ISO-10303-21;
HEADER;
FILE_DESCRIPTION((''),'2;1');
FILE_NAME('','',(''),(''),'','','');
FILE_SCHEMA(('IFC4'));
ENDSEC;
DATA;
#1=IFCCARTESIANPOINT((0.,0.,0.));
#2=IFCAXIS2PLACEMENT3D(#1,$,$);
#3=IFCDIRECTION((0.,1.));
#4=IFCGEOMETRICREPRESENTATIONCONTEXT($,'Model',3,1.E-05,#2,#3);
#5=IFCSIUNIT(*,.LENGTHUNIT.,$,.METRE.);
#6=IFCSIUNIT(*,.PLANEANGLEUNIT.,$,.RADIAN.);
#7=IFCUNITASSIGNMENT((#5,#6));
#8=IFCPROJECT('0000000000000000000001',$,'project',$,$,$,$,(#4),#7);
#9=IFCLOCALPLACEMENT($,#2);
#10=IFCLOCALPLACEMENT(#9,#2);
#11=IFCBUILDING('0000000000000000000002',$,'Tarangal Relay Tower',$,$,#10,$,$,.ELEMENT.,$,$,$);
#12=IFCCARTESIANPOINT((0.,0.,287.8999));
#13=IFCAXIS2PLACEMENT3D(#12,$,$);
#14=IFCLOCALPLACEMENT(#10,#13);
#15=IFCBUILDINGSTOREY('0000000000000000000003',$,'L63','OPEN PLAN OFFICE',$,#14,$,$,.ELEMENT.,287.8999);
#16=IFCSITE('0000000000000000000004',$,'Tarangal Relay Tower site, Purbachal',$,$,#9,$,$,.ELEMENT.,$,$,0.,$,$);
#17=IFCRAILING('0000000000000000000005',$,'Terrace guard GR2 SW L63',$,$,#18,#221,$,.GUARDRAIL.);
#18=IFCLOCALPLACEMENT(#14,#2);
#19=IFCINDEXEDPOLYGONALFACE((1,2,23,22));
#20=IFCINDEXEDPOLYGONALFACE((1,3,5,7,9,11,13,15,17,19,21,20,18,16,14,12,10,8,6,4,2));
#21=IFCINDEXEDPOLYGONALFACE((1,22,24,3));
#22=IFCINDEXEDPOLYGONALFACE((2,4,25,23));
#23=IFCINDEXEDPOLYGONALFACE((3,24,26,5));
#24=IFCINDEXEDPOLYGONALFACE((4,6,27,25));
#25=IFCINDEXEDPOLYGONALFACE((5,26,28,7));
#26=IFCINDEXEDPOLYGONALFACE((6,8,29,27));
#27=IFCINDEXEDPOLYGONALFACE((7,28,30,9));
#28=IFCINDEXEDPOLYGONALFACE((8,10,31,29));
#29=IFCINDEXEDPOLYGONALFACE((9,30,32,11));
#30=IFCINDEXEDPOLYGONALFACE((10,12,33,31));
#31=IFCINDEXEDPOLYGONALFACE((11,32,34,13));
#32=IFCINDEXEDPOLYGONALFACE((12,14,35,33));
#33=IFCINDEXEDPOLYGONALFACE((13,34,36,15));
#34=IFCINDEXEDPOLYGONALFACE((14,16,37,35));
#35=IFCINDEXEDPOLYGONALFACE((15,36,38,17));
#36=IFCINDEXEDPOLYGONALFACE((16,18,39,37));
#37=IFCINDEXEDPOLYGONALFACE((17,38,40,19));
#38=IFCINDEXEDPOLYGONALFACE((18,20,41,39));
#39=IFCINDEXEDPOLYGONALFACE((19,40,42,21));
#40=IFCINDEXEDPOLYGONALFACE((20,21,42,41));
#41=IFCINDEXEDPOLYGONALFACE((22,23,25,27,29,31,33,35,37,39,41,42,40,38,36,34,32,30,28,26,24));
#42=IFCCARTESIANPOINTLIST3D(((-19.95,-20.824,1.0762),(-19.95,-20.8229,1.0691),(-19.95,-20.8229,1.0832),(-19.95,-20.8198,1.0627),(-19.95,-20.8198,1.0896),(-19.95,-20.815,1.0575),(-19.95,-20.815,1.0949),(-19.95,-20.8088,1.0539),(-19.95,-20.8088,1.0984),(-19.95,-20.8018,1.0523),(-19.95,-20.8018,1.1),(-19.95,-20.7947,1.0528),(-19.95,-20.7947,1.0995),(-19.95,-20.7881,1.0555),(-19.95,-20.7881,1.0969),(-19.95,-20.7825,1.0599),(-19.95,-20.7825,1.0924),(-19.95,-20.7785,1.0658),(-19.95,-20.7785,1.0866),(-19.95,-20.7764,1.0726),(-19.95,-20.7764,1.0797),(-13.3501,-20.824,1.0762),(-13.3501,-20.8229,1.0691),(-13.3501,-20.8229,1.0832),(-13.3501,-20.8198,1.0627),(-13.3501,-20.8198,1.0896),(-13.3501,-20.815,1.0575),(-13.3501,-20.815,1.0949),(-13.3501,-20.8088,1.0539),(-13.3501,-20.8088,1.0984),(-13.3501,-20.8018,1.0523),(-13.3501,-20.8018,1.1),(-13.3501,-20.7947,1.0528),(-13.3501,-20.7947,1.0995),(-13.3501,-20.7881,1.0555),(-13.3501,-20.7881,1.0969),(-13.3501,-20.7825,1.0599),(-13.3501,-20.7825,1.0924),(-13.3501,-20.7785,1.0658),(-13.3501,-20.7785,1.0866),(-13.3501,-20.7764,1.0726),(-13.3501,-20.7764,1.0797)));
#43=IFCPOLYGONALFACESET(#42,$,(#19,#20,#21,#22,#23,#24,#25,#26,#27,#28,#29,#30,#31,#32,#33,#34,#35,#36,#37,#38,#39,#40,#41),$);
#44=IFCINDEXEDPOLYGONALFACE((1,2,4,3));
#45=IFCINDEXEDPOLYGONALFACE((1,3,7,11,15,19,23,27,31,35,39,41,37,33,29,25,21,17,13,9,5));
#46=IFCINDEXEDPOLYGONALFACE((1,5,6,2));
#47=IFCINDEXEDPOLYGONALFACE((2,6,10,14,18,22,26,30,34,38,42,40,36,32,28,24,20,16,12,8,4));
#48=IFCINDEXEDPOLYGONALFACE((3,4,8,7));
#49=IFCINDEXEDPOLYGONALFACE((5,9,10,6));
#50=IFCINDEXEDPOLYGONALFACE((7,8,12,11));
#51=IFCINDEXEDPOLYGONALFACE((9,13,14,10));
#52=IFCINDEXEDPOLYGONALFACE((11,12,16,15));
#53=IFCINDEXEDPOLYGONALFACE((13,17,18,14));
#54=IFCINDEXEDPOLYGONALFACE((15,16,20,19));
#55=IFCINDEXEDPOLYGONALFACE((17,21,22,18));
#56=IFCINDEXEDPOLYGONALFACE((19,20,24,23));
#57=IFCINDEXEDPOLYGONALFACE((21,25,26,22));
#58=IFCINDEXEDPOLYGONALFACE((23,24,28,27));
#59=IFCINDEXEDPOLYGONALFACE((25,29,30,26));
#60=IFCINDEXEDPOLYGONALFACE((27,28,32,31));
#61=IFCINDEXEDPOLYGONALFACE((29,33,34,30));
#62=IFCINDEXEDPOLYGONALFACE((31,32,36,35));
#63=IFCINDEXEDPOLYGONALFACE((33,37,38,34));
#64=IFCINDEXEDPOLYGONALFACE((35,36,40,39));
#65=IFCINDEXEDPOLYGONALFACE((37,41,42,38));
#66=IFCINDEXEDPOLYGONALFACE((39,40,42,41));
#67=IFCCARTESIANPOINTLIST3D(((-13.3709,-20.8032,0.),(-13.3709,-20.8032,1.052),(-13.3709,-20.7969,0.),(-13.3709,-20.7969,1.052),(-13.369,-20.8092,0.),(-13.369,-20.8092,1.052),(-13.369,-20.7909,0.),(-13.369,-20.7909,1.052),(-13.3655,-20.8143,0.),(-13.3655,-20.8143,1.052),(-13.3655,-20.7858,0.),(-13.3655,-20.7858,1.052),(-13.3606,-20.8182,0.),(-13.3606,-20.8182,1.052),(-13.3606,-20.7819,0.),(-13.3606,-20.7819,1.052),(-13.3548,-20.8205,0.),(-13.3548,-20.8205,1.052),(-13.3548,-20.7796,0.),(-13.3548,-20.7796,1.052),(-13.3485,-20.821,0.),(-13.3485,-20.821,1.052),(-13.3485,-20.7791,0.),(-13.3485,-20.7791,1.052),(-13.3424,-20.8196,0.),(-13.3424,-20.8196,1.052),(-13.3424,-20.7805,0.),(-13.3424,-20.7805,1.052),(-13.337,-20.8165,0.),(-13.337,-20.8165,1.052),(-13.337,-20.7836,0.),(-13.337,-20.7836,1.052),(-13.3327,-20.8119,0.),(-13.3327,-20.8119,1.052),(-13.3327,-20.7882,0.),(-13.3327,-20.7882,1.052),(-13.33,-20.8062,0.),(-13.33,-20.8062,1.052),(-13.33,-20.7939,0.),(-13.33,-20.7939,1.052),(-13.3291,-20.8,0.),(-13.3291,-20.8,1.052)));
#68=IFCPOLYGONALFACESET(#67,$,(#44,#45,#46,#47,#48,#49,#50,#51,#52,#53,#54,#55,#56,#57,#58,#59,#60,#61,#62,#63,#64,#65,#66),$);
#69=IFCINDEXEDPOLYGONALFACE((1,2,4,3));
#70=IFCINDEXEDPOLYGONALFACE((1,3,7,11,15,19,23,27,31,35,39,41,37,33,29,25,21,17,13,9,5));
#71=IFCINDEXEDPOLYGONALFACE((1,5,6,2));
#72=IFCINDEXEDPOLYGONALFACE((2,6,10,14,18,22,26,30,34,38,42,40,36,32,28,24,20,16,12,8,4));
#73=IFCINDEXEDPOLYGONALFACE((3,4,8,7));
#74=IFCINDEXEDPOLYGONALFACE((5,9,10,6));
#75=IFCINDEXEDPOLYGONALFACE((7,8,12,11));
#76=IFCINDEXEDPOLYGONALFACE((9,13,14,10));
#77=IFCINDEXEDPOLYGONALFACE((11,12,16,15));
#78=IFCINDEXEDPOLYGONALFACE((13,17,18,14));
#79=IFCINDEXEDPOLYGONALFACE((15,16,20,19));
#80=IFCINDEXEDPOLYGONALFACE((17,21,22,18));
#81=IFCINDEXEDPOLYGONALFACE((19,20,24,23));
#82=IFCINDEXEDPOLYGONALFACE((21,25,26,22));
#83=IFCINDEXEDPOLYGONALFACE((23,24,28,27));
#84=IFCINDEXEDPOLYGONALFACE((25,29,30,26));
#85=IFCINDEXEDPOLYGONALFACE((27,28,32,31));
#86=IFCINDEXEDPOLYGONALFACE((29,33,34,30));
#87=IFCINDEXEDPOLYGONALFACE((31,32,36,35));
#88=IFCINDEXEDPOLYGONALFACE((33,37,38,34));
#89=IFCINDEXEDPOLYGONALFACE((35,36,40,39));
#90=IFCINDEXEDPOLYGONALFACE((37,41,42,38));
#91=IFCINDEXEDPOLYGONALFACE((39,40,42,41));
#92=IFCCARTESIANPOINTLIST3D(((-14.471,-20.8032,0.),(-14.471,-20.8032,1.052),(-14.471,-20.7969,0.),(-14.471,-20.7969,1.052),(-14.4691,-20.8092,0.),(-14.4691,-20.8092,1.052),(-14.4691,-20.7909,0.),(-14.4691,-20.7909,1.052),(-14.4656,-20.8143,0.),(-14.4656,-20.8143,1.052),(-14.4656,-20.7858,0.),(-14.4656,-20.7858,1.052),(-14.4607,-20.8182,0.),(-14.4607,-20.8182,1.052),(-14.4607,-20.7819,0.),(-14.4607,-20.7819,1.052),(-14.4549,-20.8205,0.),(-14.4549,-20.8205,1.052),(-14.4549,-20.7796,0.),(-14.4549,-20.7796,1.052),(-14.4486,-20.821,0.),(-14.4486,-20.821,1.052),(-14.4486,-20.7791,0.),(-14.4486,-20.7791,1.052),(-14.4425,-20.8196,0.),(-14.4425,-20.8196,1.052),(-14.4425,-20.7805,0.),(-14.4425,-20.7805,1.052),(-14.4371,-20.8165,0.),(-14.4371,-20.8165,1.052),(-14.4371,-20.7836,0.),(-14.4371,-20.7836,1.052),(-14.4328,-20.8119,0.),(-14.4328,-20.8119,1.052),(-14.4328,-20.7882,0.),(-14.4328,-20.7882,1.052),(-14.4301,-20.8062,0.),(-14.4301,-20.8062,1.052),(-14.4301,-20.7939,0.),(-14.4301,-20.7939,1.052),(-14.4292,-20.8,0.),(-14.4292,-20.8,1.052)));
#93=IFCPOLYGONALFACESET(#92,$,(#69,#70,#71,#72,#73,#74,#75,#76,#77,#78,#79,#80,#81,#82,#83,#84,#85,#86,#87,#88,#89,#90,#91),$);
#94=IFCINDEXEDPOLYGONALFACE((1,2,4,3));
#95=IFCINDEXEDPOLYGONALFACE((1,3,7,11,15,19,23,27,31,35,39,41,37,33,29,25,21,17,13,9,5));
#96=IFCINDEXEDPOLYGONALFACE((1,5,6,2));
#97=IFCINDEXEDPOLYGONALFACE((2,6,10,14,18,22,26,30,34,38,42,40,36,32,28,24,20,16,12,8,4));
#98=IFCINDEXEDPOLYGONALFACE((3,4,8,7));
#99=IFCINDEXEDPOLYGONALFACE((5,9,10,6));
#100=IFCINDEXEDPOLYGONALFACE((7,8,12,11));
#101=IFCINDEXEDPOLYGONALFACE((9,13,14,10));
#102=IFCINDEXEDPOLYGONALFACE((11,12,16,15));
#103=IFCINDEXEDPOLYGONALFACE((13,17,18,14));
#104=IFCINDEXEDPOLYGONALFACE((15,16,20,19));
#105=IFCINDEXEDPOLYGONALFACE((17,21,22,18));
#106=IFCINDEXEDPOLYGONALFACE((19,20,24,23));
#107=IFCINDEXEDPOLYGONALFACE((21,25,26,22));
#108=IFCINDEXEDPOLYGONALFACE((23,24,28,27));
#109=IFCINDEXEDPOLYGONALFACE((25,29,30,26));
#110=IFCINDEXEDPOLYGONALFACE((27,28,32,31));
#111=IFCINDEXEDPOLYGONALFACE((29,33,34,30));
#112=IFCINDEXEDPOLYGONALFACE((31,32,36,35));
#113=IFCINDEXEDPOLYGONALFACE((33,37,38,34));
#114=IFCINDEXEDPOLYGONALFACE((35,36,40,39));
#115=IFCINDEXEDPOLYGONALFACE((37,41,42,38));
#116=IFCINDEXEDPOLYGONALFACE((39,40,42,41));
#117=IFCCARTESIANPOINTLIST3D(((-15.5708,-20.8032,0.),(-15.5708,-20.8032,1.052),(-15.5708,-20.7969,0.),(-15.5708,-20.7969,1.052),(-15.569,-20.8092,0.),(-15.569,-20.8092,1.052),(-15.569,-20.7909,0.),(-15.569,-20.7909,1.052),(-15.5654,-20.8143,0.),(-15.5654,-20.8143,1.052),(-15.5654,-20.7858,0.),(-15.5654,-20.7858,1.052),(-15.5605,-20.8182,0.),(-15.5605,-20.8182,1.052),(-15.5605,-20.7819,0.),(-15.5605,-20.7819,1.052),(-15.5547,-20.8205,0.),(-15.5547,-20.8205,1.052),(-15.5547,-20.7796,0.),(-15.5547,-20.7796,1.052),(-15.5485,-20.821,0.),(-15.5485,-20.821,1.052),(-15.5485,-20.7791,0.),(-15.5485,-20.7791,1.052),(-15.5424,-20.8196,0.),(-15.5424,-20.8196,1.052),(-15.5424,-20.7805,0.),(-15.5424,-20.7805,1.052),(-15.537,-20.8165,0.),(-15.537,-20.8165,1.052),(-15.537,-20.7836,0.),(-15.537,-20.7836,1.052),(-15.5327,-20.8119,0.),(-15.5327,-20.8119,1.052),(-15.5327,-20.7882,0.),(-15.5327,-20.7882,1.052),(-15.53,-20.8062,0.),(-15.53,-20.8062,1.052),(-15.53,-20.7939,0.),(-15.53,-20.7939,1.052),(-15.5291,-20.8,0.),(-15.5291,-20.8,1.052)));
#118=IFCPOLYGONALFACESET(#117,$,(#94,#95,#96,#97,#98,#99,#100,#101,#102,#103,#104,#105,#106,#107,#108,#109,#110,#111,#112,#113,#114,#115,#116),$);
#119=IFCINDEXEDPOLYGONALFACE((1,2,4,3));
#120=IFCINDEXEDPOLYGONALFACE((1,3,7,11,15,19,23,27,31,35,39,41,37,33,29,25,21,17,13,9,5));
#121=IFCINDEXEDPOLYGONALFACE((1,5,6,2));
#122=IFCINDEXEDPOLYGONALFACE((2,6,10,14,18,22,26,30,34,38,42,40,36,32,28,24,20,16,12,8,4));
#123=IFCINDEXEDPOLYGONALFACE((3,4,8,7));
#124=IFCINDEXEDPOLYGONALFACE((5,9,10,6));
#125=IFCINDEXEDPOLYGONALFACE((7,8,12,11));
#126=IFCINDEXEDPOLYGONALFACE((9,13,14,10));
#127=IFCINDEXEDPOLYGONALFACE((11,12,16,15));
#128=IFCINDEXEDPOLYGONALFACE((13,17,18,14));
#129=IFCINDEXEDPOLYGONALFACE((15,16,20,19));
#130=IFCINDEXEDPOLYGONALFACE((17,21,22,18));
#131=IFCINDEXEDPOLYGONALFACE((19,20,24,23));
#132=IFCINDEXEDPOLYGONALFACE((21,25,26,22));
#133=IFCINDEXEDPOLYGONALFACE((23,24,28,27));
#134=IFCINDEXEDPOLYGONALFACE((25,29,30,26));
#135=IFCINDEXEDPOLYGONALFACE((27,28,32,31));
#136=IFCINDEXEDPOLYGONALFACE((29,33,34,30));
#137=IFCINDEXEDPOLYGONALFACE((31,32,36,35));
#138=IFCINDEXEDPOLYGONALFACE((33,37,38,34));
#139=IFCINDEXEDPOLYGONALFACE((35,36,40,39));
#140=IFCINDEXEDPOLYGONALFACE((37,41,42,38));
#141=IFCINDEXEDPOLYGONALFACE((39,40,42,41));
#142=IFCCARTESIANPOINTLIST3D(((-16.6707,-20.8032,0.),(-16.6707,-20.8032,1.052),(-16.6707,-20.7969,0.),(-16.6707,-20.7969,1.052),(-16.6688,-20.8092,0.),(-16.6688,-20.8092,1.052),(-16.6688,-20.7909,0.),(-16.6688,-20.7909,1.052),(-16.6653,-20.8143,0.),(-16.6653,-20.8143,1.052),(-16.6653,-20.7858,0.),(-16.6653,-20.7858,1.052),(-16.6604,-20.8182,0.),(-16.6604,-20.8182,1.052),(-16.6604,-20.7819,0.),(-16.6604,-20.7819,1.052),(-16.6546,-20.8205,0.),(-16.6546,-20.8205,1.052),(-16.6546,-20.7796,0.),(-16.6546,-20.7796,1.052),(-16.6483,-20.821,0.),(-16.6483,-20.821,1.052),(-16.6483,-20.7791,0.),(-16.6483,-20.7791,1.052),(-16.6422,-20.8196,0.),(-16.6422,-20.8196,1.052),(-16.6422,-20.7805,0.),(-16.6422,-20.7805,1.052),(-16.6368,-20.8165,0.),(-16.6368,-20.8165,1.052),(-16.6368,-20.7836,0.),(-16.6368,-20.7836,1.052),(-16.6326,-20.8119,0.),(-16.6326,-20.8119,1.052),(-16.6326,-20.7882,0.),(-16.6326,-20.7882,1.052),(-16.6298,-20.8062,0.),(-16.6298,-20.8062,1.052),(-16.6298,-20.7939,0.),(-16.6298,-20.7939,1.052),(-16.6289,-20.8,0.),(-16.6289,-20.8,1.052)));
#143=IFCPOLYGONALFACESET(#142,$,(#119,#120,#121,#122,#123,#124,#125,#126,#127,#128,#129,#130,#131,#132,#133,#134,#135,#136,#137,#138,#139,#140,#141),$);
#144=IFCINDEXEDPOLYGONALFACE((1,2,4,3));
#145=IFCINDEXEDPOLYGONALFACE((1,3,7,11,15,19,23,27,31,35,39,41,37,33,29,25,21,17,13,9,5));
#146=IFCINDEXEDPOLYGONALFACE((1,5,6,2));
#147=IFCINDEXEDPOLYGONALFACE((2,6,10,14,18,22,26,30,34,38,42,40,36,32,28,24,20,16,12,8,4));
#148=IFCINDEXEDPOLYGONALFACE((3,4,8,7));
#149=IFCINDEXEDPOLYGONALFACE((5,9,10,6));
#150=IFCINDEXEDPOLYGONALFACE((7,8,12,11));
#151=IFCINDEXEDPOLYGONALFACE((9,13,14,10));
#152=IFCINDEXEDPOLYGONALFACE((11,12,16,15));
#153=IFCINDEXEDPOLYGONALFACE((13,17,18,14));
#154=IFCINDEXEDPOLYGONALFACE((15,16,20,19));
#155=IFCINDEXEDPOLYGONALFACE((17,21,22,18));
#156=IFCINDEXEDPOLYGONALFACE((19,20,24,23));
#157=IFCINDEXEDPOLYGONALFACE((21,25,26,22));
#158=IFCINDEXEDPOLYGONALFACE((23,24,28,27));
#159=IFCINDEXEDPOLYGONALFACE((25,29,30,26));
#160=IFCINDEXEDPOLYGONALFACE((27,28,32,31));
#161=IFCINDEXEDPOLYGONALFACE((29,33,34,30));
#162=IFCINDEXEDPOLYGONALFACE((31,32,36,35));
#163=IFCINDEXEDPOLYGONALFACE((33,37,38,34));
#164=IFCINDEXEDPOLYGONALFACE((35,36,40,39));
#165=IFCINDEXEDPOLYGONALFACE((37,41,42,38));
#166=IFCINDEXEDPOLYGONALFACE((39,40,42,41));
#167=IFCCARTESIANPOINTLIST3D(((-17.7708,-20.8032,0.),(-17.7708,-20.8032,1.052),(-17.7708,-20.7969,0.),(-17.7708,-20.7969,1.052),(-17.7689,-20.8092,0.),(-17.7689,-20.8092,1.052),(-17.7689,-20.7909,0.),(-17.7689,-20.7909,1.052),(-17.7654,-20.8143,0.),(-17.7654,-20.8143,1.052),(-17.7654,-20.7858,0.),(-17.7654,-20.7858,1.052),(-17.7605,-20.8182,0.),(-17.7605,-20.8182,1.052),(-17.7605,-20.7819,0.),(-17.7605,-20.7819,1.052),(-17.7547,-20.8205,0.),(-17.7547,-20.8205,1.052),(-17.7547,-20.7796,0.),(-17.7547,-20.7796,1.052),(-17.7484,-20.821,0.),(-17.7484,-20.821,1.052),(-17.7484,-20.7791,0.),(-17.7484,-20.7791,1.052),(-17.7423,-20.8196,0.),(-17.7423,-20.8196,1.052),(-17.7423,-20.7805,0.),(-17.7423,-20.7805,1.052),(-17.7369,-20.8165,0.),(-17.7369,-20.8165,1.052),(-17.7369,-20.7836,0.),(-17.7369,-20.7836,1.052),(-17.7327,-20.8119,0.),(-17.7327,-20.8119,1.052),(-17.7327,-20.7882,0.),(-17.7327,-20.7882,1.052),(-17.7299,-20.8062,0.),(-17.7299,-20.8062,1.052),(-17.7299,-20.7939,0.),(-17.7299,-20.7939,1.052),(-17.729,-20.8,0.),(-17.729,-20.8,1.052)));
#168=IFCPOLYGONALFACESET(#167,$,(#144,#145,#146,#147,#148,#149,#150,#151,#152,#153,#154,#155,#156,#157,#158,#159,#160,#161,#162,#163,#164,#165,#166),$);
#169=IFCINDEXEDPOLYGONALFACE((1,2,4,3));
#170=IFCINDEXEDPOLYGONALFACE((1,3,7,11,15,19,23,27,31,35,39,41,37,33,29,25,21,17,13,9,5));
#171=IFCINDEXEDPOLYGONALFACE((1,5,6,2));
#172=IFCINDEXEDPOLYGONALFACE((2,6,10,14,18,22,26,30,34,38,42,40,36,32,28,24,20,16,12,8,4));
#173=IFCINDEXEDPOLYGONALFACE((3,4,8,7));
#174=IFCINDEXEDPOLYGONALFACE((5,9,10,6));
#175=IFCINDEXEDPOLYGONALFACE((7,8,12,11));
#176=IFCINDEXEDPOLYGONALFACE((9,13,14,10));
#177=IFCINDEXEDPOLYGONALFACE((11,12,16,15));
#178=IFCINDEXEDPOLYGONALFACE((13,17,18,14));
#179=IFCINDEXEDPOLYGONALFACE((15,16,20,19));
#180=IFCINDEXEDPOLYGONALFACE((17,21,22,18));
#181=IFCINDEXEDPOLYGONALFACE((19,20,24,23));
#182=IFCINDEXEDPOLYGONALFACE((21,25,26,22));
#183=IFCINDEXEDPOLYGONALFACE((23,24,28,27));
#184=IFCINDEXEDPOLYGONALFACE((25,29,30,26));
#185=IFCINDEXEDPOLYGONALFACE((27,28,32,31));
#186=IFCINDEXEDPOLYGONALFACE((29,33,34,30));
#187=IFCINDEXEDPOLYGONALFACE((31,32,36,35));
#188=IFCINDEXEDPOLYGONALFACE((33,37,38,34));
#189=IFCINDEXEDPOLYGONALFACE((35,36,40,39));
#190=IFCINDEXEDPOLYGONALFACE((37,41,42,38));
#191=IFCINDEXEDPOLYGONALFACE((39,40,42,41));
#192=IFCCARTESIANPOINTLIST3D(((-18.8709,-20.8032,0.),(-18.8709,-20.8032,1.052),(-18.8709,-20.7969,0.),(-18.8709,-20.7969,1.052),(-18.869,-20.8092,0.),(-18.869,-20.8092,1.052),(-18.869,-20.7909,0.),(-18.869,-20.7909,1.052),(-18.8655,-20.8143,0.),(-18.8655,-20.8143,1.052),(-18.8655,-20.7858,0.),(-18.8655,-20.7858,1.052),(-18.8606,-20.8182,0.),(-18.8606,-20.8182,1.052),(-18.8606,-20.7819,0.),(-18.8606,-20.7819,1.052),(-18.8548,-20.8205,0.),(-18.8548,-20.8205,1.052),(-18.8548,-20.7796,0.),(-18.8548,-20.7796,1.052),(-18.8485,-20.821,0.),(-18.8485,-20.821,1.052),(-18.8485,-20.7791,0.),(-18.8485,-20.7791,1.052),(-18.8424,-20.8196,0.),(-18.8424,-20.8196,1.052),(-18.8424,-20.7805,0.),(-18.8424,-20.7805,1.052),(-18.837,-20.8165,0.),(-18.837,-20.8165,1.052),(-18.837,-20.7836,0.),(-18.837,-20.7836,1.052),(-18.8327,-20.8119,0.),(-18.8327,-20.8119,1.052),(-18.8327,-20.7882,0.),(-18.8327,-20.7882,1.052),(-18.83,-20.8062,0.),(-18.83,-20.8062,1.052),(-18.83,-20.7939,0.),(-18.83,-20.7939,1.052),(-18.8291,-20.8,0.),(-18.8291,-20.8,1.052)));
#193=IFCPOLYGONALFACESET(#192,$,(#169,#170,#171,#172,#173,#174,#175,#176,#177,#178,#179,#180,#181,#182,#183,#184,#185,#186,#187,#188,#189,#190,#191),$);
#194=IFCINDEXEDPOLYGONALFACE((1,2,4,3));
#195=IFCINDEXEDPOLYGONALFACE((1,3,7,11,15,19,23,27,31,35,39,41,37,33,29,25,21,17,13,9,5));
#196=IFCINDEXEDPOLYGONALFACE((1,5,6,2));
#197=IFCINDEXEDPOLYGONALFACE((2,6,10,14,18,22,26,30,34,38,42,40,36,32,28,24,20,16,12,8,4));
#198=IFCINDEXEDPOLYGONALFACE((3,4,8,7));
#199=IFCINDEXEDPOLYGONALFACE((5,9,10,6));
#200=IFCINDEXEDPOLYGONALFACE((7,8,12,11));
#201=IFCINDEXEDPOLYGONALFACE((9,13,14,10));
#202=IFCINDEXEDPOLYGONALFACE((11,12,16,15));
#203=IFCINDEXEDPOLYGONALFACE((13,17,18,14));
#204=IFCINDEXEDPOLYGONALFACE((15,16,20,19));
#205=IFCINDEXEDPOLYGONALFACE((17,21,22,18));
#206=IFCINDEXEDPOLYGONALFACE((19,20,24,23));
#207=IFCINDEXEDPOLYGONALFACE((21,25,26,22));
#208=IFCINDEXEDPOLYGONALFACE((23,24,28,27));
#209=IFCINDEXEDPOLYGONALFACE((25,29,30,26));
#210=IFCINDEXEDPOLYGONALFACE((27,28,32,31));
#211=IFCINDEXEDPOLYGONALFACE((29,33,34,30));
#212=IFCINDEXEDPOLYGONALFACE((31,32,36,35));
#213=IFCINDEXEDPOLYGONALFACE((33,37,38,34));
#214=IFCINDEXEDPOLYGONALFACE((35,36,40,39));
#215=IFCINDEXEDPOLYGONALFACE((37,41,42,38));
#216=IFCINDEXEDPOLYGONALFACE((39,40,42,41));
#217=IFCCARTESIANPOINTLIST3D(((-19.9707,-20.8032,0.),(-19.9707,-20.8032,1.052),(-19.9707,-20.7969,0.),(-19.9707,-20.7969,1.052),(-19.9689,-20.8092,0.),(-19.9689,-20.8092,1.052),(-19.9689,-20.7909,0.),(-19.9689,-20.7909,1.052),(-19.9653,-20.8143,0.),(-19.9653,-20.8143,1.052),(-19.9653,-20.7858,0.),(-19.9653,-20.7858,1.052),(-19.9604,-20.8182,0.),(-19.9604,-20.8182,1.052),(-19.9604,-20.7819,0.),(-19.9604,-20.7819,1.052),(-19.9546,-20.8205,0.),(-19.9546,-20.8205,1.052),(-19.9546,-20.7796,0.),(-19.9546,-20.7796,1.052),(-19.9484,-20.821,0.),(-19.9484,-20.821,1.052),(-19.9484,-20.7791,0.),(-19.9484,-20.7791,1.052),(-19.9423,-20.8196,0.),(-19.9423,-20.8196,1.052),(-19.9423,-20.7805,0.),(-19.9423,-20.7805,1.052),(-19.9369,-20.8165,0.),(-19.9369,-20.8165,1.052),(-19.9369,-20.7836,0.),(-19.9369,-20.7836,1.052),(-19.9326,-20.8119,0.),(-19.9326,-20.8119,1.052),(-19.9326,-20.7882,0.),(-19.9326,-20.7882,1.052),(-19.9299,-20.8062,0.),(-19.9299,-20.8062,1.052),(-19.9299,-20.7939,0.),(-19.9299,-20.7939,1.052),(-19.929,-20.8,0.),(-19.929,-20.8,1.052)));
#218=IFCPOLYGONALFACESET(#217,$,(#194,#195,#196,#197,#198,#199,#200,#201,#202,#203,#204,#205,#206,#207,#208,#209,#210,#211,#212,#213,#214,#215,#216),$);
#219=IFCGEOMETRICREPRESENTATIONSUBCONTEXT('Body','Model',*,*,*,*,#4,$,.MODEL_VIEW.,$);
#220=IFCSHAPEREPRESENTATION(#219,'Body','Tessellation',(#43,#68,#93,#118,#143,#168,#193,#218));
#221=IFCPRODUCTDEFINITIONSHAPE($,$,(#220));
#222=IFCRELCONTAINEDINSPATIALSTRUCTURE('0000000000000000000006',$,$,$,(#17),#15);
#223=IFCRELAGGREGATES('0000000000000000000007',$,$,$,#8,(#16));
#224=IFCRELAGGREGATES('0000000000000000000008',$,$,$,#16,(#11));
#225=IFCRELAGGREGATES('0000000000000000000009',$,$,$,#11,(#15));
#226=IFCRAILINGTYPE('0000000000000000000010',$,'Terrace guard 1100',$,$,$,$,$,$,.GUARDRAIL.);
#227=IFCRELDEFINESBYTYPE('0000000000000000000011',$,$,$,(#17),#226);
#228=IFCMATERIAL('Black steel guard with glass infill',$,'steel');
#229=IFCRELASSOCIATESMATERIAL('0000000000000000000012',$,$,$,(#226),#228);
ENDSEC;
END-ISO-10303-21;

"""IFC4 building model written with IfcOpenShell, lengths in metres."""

from ifc_helpers import new_model, si_unit, direction, frame, origin, origin_2d, place, context, subcontext, project, spatial, circle, extrude, material, type_object, element, save


model = new_model("IFC4")

# Units and contexts
model_context = context("Model", 3, precision=1e-05, world=origin(), true_north=direction((0.0, 1.0)))
body_context = subcontext(model_context, "Body", "Model", "MODEL_VIEW")
ifc_project = project(units=[si_unit("LENGTHUNIT", "METRE"), si_unit("PLANEANGLEUNIT", "RADIAN")], contexts=[model_context])

# Site, building, storey
site_placement = place(None, origin())
site = spatial("IfcSite", under=ifc_project, at=site_placement, Name="Tarangal Relay Tower site, Purbachal", CompositionType="ELEMENT", RefElevation=0.0)
building_placement = place(site_placement, origin())
building = spatial("IfcBuilding", under=site, at=building_placement, Name="Tarangal Relay Tower", CompositionType="ELEMENT")
storey_placement = place(building_placement, frame((0.0, 0.0, 287.8999)))
storey = spatial("IfcBuildingStorey", under=building, at=storey_placement, Name="L63", Description="OPEN PLAN OFFICE", CompositionType="ELEMENT", Elevation=287.8999)

# Railing
ifc_material_1 = material(Name="Black steel guard with glass infill", Category="steel")
railing_type = type_object("IfcRailingType", Name="Terrace guard 1100", PredefinedType="GUARDRAIL", material=ifc_material_1)
railing_1_placement = place(storey_placement, frame((-13.3501, -20.8, 0.0)))
element("IfcRailing", 1, at=railing_1_placement, inside=storey, type_object=railing_type, Name="Terrace guard GR2 SW L63", PredefinedType="GUARDRAIL", context=body_context, shape_type="SweptSolid", body=[
    extrude(circle(Radius=0.0239, at=origin_2d()), frame((0.0, 0.0, 1.0762), z_axis=(-1.0, 0.0, 0.0), x_axis=(0.0, -1.0, 0.0)), (0.0, 0.0, 1.0), 6.5999),
    extrude(circle(Radius=0.021, at=origin_2d()), origin(), (0.0, 0.0, 1.0), 1.052),
    extrude(circle(Radius=0.021, at=origin_2d()), frame((-1.1001, 0.0, 0.0)), (0.0, 0.0, 1.0), 1.052),
    extrude(circle(Radius=0.021, at=origin_2d()), frame((-2.2, 0.0, 0.0)), (0.0, 0.0, 1.0), 1.052),
    extrude(circle(Radius=0.021, at=origin_2d()), frame((-3.2998, 0.0, 0.0)), (0.0, 0.0, 1.0), 1.052),
    extrude(circle(Radius=0.021, at=origin_2d()), frame((-4.3999, 0.0, 0.0)), (0.0, 0.0, 1.0), 1.052),
    extrude(circle(Radius=0.021, at=origin_2d()), frame((-5.5, 0.0, 0.0)), (0.0, 0.0, 1.0), 1.052),
    extrude(circle(Radius=0.021, at=origin_2d()), frame((-6.5999, 0.0, 0.0)), (0.0, 0.0, 1.0), 1.052),
])

save(model, "model.ifc")
